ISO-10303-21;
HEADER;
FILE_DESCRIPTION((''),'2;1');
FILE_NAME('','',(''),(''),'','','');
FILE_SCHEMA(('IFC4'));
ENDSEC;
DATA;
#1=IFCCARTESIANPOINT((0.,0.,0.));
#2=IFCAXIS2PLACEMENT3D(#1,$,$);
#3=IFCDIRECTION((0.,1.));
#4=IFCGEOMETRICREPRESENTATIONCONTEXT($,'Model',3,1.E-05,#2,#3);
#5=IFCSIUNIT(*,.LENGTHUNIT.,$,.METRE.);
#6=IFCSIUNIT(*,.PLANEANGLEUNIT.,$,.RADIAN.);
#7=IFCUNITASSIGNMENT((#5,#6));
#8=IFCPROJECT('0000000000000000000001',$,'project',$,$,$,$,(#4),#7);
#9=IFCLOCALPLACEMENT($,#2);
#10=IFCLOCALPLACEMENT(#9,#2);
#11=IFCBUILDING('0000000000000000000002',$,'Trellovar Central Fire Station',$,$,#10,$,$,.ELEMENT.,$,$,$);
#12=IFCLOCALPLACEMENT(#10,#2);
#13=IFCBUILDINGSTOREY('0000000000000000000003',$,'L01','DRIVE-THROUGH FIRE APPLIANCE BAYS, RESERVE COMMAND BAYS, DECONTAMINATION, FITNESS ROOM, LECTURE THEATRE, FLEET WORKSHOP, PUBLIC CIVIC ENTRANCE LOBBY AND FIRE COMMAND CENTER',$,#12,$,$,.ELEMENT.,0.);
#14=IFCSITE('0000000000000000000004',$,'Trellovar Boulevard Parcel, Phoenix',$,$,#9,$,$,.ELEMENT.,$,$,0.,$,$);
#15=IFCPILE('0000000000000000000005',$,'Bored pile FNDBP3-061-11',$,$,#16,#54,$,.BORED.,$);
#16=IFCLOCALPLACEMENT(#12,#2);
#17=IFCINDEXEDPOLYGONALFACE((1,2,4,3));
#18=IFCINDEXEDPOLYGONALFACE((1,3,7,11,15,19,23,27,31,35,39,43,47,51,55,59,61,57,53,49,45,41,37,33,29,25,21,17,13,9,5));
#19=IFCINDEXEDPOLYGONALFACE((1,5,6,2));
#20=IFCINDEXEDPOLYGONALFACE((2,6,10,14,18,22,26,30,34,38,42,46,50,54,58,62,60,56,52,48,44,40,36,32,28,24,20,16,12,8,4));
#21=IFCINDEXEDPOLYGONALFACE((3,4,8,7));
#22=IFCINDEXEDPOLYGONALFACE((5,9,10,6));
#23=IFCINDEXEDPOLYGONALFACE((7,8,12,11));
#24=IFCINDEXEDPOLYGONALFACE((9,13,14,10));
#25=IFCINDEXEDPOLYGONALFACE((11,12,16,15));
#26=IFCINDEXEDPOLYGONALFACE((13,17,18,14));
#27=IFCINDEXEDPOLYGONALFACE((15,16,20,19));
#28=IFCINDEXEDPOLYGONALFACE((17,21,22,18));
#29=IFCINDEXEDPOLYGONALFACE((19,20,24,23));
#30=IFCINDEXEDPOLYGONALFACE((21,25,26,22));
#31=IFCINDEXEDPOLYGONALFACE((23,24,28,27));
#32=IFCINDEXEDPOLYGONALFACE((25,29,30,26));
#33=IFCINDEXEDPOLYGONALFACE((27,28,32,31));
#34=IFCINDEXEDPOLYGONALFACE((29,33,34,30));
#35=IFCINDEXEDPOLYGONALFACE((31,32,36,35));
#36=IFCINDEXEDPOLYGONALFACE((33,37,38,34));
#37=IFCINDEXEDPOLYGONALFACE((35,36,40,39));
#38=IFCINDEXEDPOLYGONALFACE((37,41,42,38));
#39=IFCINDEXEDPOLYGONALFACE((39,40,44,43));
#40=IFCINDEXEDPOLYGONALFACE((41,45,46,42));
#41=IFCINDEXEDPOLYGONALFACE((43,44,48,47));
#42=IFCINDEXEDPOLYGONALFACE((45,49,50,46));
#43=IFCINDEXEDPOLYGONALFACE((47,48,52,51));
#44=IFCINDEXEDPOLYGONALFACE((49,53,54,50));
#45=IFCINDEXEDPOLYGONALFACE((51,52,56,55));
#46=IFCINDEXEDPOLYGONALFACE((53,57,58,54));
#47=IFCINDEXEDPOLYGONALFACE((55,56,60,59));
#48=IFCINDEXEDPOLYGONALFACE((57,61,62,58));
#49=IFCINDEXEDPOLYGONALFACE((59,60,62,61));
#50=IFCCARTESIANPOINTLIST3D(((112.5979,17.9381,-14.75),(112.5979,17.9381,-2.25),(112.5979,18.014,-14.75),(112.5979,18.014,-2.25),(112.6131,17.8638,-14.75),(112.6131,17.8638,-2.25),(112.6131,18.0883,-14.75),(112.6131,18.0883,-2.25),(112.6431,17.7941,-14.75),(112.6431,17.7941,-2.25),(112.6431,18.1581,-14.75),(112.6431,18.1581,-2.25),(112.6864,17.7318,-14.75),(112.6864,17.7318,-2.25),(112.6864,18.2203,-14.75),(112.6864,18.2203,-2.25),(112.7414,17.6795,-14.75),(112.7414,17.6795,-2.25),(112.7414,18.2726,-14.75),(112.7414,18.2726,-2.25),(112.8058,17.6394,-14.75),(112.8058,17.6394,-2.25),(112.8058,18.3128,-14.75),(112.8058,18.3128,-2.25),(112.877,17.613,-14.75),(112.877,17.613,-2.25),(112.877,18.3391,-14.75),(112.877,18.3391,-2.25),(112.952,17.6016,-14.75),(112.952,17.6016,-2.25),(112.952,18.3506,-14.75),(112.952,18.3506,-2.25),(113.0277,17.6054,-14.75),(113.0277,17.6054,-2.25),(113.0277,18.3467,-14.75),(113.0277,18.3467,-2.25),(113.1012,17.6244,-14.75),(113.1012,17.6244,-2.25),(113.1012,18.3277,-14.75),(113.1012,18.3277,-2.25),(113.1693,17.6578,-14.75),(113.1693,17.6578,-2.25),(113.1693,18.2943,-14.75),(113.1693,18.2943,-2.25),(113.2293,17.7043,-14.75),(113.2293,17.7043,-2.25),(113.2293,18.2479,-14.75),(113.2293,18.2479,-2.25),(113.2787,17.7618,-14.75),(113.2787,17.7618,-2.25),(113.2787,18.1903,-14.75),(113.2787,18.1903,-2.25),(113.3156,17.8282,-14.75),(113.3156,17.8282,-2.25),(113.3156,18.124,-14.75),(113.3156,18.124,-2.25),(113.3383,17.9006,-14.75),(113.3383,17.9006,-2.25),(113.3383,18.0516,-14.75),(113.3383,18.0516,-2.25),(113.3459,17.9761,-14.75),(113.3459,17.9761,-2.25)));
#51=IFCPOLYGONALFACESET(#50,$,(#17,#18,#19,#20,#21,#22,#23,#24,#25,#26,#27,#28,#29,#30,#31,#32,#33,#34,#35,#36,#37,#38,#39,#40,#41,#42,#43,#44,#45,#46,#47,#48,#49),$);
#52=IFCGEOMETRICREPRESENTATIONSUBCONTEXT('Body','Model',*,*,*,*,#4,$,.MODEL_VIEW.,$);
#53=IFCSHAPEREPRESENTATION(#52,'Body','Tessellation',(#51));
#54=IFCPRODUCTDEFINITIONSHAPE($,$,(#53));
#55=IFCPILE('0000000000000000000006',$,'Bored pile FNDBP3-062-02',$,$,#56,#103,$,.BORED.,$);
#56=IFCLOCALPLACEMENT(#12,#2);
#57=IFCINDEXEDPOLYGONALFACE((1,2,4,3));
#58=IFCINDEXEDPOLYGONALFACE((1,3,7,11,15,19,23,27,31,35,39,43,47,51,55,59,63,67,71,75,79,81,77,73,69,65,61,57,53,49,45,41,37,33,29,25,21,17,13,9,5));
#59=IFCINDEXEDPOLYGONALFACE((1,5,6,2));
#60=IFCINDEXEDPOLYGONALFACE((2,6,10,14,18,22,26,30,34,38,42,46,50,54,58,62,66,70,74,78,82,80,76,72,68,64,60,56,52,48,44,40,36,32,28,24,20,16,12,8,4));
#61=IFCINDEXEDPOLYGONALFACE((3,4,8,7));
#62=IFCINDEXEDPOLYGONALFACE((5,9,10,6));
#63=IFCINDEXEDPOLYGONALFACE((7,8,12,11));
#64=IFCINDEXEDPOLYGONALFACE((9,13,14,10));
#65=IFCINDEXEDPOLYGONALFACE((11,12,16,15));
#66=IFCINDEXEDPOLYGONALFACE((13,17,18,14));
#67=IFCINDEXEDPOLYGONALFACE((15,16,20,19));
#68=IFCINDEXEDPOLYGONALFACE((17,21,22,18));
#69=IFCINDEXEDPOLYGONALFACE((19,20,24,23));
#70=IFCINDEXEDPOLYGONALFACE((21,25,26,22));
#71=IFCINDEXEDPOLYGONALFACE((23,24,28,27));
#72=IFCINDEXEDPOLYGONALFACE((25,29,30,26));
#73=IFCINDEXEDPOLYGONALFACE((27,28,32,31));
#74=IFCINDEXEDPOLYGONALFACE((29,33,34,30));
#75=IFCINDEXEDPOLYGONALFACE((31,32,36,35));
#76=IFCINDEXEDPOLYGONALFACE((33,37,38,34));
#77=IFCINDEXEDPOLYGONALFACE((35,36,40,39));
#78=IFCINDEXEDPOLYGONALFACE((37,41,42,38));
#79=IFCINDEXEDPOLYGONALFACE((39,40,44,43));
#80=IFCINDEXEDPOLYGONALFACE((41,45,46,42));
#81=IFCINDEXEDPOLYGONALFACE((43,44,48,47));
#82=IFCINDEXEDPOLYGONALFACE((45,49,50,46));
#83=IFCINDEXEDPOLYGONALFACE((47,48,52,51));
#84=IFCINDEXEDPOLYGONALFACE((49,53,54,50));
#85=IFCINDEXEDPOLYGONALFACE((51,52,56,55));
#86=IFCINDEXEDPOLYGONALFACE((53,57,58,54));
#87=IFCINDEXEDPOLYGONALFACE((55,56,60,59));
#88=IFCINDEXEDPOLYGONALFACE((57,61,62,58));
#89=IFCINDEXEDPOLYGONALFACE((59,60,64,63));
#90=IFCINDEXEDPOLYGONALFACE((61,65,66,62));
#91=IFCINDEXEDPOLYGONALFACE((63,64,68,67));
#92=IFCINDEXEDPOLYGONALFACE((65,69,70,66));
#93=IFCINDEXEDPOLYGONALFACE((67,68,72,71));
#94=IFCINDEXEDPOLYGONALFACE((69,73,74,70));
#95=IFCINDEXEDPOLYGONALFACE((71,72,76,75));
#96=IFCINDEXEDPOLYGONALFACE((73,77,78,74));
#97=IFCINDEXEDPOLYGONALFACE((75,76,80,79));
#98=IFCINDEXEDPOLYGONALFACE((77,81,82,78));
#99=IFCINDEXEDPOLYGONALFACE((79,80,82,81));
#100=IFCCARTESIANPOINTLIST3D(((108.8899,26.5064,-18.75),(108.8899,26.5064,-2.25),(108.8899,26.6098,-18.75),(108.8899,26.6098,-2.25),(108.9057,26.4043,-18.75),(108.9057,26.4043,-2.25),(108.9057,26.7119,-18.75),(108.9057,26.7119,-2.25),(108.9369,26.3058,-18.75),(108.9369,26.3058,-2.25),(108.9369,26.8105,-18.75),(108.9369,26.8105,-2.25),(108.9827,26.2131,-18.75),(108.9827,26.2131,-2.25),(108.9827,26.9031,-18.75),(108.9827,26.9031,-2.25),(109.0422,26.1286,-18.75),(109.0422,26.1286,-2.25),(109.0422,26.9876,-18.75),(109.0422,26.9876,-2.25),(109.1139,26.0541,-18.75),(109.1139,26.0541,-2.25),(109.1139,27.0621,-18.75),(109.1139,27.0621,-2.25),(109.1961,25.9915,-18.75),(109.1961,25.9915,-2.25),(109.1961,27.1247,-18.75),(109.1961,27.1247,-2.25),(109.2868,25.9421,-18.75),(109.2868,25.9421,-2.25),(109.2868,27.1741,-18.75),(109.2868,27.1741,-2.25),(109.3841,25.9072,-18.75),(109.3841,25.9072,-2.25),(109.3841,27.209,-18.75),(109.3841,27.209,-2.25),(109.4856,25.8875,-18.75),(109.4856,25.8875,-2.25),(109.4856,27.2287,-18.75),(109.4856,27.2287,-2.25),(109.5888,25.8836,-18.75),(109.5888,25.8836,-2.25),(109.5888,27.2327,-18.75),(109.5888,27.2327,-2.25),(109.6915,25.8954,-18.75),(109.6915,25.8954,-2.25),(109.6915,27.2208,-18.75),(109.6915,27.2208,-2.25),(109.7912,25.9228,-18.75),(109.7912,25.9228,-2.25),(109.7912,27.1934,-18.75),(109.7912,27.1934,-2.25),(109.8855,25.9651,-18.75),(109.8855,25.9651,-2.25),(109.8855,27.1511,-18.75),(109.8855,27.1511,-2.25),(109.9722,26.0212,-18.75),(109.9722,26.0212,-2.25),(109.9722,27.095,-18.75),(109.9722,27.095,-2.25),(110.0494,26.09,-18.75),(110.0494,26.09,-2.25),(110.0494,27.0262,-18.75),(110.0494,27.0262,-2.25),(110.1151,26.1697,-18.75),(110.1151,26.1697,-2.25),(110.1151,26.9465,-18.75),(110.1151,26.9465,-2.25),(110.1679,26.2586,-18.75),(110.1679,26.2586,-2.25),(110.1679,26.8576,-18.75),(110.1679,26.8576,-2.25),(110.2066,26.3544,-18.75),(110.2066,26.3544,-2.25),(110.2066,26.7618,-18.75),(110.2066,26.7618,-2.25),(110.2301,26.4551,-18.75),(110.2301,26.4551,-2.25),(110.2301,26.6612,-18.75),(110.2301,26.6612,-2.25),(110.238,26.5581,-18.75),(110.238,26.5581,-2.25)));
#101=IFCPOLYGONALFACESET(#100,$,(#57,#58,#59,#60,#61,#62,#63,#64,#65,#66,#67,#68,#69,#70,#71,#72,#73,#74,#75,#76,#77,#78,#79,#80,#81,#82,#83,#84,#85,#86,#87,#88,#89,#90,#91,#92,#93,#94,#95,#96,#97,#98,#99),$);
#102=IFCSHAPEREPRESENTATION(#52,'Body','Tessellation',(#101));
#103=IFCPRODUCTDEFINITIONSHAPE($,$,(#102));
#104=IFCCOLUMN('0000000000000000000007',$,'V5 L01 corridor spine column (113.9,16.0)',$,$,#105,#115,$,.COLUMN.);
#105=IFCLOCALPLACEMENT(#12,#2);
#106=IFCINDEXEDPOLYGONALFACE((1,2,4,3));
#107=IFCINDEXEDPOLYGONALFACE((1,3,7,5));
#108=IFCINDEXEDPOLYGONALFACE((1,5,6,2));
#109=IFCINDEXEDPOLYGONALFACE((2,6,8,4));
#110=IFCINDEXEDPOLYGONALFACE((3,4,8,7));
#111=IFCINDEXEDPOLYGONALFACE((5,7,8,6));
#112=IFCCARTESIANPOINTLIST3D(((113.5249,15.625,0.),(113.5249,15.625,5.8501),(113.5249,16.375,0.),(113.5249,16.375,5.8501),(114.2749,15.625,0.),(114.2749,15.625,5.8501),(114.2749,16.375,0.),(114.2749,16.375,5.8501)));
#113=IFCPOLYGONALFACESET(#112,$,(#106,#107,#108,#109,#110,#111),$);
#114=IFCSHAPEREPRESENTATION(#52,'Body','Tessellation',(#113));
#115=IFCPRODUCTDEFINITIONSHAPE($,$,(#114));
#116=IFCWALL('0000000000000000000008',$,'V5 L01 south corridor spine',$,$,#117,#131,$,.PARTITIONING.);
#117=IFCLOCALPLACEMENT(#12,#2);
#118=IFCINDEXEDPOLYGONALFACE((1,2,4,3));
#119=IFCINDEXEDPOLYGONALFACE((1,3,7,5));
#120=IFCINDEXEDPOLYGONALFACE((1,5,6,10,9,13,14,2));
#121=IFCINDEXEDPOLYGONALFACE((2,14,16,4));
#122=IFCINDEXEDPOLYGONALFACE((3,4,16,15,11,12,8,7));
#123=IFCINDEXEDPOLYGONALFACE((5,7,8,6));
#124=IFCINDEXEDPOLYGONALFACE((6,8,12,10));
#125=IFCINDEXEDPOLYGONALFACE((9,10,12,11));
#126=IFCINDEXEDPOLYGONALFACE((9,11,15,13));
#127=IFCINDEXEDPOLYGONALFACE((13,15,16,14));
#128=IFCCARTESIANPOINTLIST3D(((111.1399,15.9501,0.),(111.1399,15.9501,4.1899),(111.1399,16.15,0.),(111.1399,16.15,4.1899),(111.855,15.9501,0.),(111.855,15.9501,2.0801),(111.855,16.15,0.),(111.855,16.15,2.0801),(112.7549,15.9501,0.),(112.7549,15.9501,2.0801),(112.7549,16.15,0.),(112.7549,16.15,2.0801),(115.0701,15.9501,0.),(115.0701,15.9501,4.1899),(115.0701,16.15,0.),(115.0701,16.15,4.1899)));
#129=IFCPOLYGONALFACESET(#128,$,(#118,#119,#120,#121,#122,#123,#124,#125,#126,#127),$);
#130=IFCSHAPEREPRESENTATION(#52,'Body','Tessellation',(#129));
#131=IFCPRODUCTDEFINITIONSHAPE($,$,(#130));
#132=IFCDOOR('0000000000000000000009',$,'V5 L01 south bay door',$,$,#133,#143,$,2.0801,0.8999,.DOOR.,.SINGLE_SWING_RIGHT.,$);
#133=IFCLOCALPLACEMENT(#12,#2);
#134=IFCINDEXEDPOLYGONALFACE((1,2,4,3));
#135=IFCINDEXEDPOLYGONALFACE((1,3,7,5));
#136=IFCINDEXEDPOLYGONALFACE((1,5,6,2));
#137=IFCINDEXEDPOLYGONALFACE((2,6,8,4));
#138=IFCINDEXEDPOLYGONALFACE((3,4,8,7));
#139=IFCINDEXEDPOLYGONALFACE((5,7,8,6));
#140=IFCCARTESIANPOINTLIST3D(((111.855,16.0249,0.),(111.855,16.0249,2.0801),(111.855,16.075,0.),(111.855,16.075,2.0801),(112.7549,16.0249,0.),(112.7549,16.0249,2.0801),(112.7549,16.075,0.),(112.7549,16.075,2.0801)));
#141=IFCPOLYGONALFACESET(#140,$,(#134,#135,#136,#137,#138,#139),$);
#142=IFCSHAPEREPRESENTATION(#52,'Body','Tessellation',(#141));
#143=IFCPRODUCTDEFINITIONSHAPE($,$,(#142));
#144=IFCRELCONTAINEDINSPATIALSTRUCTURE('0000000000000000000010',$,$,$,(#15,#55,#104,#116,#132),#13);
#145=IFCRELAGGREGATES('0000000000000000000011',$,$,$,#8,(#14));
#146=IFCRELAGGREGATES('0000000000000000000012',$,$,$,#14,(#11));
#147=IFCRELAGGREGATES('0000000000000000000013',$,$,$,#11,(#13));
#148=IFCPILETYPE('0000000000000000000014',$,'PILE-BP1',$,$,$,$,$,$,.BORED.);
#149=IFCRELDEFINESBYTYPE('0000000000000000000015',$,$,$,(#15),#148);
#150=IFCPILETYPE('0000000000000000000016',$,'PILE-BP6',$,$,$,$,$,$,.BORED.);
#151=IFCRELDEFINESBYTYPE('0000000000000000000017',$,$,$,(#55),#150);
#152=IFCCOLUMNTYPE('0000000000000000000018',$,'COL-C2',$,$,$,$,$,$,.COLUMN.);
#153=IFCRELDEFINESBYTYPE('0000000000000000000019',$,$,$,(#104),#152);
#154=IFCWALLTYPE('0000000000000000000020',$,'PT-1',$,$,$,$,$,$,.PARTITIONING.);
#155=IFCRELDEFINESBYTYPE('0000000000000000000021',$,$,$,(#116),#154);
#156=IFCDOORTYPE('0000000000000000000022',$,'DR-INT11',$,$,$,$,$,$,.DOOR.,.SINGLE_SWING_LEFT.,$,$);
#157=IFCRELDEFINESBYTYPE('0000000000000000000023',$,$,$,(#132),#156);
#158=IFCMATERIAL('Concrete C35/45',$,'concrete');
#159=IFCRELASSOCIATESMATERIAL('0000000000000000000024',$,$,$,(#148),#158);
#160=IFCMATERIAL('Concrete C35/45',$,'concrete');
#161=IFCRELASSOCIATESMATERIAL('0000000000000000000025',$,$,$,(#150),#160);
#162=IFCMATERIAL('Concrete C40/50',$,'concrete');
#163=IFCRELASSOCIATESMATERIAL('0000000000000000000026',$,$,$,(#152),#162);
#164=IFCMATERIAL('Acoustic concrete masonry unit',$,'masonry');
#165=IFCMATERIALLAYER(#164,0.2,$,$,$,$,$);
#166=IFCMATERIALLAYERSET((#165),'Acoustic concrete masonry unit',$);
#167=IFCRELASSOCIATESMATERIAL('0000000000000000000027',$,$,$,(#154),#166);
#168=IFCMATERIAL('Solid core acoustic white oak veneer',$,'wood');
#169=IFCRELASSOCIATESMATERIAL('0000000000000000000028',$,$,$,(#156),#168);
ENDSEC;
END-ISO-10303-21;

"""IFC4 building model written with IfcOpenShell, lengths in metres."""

from ifc_helpers import new_model, si_unit, direction, frame, frame_2d, origin, origin_2d, place, context, subcontext, project, spatial, rectangle, circle, extrude, material, layer, layer_set, material_profile, profile_set, type_object, element, fill, save


model = new_model("IFC4")

# Units and contexts
model_context = context("Model", 3, precision=1e-05, world=origin(), true_north=direction((0.0, 1.0)))
body_context = subcontext(model_context, "Body", "Model", "MODEL_VIEW")
ifc_project = project(units=[si_unit("LENGTHUNIT", "METRE"), si_unit("PLANEANGLEUNIT", "RADIAN")], contexts=[model_context])

# Site, building, storey
site_placement = place(None, origin())
site = spatial("IfcSite", under=ifc_project, at=site_placement, Name="Trellovar Boulevard Parcel, Phoenix", CompositionType="ELEMENT", RefElevation=0.0)
building_placement = place(site_placement, origin())
building = spatial("IfcBuilding", under=site, at=building_placement, Name="Trellovar Central Fire Station", CompositionType="ELEMENT")
storey_placement = place(building_placement, origin())
storey = spatial("IfcBuildingStorey", under=building, at=storey_placement, Name="L01", Description="DRIVE-THROUGH FIRE APPLIANCE BAYS, RESERVE COMMAND BAYS, DECONTAMINATION, FITNESS ROOM, LECTURE THEATRE, FLEET WORKSHOP, PUBLIC CIVIC ENTRANCE LOBBY AND FIRE COMMAND CENTER", CompositionType="ELEMENT", Elevation=0.0)

# Piles
ifc_material_1 = material(Name="Concrete C35/45", Category="concrete")
ifc_material_profile_1 = material_profile(ifc_material_1, circle(Radius=0.375, at=origin_2d()), Name="PILE750")
ifc_profile_set_1 = profile_set([ifc_material_profile_1], Name="Concrete C35/45")
pile_type_1 = type_object("IfcPileType", Name="PILE-BP1", PredefinedType="BORED", material=ifc_profile_set_1)
for number, where, z_axis, x_axis, name in (
    (1, (112.9709, 17.9761, -2.25), (0.0, 0.0, -1.0), (1.0, 0.0, 0.0), "Bored pile FNDBP3-061-11"),
):
    element("IfcPile", number, at=place(storey_placement, frame(where, z_axis=z_axis, x_axis=x_axis)), inside=storey, type_object=pile_type_1, Name=name, PredefinedType="BORED", context=body_context, shape_type="SweptSolid", body=[
        extrude(circle(Radius=0.375, at=origin_2d()), origin(), (0.0, 0.0, 1.0), 12.5),
    ])
ifc_material_2 = material(Name="Concrete C35/45", Category="concrete")
ifc_material_profile_2 = material_profile(ifc_material_2, circle(Radius=0.675, at=origin_2d()), Name="PILE1350")
ifc_profile_set_2 = profile_set([ifc_material_profile_2], Name="Concrete C35/45")
pile_type_2 = type_object("IfcPileType", Name="PILE-BP6", PredefinedType="BORED", material=ifc_profile_set_2)
pile_placement = place(storey_placement, frame((109.563, 26.5581, -2.25), z_axis=(0.0, 0.0, -1.0), x_axis=(1.0, 0.0, 0.0)))
element("IfcPile", 2, at=pile_placement, inside=storey, type_object=pile_type_2, Name="Bored pile FNDBP3-062-02", PredefinedType="BORED", context=body_context, shape_type="SweptSolid", body=[
    extrude(circle(Radius=0.675, at=origin_2d()), origin(), (0.0, 0.0, 1.0), 16.5),
])

# Column
ifc_material_3 = material(Name="Concrete C40/50", Category="concrete")
ifc_material_profile_3 = material_profile(ifc_material_3, rectangle(XDim=0.75, YDim=0.75, at=origin_2d()), Name="RC750X750")
ifc_profile_set_3 = profile_set([ifc_material_profile_3], Name="Concrete C40/50")
column_type = type_object("IfcColumnType", Name="COL-C2", PredefinedType="COLUMN", material=ifc_profile_set_3)
column_placement = place(storey_placement, frame((113.8999, 16.0, 0.0), z_axis=(0.0, 0.0, 1.0), x_axis=(1.0, 0.0, 0.0)))
element("IfcColumn", 3, at=column_placement, inside=storey, type_object=column_type, Name="V5 L01 corridor spine column (113.9,16.0)", PredefinedType="COLUMN", context=body_context, shape_type="SweptSolid", body=[
    extrude(rectangle(XDim=0.75, YDim=0.75, at=origin_2d()), origin(), (0.0, 0.0, 1.0), 5.8501),
])

# Wall, opening, door
ifc_material_4 = material(Name="Acoustic concrete masonry unit", Category="masonry")
ifc_layer_1 = layer(ifc_material_4, 0.2)
ifc_layer_set_1 = layer_set([ifc_layer_1], Name="Acoustic concrete masonry unit")
wall_type_1 = type_object("IfcWallType", Name="PT-1", PredefinedType="PARTITIONING", material=ifc_layer_set_1)
wall_1_placement = place(storey_placement, frame((111.1399, 16.05, 0.0), z_axis=(0.0, 0.0, 1.0), x_axis=(1.0, 0.0, 0.0)))
wall_1 = element("IfcWall", 4, at=wall_1_placement, inside=storey, type_object=wall_type_1, Name="V5 L01 south corridor spine", PredefinedType="PARTITIONING", context=body_context, shape_type="SweptSolid", body=[
    extrude(rectangle(XDim=3.9302, YDim=0.2, at=frame_2d((1.9651, 0.0))), origin(), (0.0, 0.0, 1.0), 4.1899),
])
opening_1_placement = place(wall_1_placement, frame((0.7151, 0.0, 0.0)))
opening_1 = element("IfcOpeningElement", 5, at=opening_1_placement, cuts=wall_1, PredefinedType="OPENING", context=body_context, shape_type="SweptSolid", body=[
    extrude(rectangle(XDim=0.8999, YDim=2.0801, at=frame_2d((0.45, 1.04))), frame((0.0, 0.1099, 0.0), z_axis=(0.0, -1.0, 0.0), x_axis=(1.0, 0.0, 0.0)), (0.0, 0.0, 1.0), 0.22),
])
ifc_material_5 = material(Name="Solid core acoustic white oak veneer", Category="wood")
door_type_1 = type_object("IfcDoorType", Name="DR-INT11", OperationType="SINGLE_SWING_LEFT", PredefinedType="DOOR", material=ifc_material_5)
door_1_placement = place(opening_1_placement, origin())
door_1 = element("IfcDoor", 6, at=door_1_placement, inside=storey, type_object=door_type_1, Name="V5 L01 south bay door", OperationType="SINGLE_SWING_RIGHT", OverallHeight=2.0801, OverallWidth=0.8999, PredefinedType="DOOR", context=body_context, shape_type="SweptSolid", body=[
    extrude(rectangle(XDim=0.8999, YDim=2.0801, at=frame_2d((0.45, 1.04))), frame((0.0, 0.0249, 0.0), z_axis=(0.0, -1.0, 0.0), x_axis=(1.0, 0.0, 0.0)), (0.0, 0.0, 1.0), 0.05),
])
fill(opening_1, door_1)

save(model, "model.ifc")
